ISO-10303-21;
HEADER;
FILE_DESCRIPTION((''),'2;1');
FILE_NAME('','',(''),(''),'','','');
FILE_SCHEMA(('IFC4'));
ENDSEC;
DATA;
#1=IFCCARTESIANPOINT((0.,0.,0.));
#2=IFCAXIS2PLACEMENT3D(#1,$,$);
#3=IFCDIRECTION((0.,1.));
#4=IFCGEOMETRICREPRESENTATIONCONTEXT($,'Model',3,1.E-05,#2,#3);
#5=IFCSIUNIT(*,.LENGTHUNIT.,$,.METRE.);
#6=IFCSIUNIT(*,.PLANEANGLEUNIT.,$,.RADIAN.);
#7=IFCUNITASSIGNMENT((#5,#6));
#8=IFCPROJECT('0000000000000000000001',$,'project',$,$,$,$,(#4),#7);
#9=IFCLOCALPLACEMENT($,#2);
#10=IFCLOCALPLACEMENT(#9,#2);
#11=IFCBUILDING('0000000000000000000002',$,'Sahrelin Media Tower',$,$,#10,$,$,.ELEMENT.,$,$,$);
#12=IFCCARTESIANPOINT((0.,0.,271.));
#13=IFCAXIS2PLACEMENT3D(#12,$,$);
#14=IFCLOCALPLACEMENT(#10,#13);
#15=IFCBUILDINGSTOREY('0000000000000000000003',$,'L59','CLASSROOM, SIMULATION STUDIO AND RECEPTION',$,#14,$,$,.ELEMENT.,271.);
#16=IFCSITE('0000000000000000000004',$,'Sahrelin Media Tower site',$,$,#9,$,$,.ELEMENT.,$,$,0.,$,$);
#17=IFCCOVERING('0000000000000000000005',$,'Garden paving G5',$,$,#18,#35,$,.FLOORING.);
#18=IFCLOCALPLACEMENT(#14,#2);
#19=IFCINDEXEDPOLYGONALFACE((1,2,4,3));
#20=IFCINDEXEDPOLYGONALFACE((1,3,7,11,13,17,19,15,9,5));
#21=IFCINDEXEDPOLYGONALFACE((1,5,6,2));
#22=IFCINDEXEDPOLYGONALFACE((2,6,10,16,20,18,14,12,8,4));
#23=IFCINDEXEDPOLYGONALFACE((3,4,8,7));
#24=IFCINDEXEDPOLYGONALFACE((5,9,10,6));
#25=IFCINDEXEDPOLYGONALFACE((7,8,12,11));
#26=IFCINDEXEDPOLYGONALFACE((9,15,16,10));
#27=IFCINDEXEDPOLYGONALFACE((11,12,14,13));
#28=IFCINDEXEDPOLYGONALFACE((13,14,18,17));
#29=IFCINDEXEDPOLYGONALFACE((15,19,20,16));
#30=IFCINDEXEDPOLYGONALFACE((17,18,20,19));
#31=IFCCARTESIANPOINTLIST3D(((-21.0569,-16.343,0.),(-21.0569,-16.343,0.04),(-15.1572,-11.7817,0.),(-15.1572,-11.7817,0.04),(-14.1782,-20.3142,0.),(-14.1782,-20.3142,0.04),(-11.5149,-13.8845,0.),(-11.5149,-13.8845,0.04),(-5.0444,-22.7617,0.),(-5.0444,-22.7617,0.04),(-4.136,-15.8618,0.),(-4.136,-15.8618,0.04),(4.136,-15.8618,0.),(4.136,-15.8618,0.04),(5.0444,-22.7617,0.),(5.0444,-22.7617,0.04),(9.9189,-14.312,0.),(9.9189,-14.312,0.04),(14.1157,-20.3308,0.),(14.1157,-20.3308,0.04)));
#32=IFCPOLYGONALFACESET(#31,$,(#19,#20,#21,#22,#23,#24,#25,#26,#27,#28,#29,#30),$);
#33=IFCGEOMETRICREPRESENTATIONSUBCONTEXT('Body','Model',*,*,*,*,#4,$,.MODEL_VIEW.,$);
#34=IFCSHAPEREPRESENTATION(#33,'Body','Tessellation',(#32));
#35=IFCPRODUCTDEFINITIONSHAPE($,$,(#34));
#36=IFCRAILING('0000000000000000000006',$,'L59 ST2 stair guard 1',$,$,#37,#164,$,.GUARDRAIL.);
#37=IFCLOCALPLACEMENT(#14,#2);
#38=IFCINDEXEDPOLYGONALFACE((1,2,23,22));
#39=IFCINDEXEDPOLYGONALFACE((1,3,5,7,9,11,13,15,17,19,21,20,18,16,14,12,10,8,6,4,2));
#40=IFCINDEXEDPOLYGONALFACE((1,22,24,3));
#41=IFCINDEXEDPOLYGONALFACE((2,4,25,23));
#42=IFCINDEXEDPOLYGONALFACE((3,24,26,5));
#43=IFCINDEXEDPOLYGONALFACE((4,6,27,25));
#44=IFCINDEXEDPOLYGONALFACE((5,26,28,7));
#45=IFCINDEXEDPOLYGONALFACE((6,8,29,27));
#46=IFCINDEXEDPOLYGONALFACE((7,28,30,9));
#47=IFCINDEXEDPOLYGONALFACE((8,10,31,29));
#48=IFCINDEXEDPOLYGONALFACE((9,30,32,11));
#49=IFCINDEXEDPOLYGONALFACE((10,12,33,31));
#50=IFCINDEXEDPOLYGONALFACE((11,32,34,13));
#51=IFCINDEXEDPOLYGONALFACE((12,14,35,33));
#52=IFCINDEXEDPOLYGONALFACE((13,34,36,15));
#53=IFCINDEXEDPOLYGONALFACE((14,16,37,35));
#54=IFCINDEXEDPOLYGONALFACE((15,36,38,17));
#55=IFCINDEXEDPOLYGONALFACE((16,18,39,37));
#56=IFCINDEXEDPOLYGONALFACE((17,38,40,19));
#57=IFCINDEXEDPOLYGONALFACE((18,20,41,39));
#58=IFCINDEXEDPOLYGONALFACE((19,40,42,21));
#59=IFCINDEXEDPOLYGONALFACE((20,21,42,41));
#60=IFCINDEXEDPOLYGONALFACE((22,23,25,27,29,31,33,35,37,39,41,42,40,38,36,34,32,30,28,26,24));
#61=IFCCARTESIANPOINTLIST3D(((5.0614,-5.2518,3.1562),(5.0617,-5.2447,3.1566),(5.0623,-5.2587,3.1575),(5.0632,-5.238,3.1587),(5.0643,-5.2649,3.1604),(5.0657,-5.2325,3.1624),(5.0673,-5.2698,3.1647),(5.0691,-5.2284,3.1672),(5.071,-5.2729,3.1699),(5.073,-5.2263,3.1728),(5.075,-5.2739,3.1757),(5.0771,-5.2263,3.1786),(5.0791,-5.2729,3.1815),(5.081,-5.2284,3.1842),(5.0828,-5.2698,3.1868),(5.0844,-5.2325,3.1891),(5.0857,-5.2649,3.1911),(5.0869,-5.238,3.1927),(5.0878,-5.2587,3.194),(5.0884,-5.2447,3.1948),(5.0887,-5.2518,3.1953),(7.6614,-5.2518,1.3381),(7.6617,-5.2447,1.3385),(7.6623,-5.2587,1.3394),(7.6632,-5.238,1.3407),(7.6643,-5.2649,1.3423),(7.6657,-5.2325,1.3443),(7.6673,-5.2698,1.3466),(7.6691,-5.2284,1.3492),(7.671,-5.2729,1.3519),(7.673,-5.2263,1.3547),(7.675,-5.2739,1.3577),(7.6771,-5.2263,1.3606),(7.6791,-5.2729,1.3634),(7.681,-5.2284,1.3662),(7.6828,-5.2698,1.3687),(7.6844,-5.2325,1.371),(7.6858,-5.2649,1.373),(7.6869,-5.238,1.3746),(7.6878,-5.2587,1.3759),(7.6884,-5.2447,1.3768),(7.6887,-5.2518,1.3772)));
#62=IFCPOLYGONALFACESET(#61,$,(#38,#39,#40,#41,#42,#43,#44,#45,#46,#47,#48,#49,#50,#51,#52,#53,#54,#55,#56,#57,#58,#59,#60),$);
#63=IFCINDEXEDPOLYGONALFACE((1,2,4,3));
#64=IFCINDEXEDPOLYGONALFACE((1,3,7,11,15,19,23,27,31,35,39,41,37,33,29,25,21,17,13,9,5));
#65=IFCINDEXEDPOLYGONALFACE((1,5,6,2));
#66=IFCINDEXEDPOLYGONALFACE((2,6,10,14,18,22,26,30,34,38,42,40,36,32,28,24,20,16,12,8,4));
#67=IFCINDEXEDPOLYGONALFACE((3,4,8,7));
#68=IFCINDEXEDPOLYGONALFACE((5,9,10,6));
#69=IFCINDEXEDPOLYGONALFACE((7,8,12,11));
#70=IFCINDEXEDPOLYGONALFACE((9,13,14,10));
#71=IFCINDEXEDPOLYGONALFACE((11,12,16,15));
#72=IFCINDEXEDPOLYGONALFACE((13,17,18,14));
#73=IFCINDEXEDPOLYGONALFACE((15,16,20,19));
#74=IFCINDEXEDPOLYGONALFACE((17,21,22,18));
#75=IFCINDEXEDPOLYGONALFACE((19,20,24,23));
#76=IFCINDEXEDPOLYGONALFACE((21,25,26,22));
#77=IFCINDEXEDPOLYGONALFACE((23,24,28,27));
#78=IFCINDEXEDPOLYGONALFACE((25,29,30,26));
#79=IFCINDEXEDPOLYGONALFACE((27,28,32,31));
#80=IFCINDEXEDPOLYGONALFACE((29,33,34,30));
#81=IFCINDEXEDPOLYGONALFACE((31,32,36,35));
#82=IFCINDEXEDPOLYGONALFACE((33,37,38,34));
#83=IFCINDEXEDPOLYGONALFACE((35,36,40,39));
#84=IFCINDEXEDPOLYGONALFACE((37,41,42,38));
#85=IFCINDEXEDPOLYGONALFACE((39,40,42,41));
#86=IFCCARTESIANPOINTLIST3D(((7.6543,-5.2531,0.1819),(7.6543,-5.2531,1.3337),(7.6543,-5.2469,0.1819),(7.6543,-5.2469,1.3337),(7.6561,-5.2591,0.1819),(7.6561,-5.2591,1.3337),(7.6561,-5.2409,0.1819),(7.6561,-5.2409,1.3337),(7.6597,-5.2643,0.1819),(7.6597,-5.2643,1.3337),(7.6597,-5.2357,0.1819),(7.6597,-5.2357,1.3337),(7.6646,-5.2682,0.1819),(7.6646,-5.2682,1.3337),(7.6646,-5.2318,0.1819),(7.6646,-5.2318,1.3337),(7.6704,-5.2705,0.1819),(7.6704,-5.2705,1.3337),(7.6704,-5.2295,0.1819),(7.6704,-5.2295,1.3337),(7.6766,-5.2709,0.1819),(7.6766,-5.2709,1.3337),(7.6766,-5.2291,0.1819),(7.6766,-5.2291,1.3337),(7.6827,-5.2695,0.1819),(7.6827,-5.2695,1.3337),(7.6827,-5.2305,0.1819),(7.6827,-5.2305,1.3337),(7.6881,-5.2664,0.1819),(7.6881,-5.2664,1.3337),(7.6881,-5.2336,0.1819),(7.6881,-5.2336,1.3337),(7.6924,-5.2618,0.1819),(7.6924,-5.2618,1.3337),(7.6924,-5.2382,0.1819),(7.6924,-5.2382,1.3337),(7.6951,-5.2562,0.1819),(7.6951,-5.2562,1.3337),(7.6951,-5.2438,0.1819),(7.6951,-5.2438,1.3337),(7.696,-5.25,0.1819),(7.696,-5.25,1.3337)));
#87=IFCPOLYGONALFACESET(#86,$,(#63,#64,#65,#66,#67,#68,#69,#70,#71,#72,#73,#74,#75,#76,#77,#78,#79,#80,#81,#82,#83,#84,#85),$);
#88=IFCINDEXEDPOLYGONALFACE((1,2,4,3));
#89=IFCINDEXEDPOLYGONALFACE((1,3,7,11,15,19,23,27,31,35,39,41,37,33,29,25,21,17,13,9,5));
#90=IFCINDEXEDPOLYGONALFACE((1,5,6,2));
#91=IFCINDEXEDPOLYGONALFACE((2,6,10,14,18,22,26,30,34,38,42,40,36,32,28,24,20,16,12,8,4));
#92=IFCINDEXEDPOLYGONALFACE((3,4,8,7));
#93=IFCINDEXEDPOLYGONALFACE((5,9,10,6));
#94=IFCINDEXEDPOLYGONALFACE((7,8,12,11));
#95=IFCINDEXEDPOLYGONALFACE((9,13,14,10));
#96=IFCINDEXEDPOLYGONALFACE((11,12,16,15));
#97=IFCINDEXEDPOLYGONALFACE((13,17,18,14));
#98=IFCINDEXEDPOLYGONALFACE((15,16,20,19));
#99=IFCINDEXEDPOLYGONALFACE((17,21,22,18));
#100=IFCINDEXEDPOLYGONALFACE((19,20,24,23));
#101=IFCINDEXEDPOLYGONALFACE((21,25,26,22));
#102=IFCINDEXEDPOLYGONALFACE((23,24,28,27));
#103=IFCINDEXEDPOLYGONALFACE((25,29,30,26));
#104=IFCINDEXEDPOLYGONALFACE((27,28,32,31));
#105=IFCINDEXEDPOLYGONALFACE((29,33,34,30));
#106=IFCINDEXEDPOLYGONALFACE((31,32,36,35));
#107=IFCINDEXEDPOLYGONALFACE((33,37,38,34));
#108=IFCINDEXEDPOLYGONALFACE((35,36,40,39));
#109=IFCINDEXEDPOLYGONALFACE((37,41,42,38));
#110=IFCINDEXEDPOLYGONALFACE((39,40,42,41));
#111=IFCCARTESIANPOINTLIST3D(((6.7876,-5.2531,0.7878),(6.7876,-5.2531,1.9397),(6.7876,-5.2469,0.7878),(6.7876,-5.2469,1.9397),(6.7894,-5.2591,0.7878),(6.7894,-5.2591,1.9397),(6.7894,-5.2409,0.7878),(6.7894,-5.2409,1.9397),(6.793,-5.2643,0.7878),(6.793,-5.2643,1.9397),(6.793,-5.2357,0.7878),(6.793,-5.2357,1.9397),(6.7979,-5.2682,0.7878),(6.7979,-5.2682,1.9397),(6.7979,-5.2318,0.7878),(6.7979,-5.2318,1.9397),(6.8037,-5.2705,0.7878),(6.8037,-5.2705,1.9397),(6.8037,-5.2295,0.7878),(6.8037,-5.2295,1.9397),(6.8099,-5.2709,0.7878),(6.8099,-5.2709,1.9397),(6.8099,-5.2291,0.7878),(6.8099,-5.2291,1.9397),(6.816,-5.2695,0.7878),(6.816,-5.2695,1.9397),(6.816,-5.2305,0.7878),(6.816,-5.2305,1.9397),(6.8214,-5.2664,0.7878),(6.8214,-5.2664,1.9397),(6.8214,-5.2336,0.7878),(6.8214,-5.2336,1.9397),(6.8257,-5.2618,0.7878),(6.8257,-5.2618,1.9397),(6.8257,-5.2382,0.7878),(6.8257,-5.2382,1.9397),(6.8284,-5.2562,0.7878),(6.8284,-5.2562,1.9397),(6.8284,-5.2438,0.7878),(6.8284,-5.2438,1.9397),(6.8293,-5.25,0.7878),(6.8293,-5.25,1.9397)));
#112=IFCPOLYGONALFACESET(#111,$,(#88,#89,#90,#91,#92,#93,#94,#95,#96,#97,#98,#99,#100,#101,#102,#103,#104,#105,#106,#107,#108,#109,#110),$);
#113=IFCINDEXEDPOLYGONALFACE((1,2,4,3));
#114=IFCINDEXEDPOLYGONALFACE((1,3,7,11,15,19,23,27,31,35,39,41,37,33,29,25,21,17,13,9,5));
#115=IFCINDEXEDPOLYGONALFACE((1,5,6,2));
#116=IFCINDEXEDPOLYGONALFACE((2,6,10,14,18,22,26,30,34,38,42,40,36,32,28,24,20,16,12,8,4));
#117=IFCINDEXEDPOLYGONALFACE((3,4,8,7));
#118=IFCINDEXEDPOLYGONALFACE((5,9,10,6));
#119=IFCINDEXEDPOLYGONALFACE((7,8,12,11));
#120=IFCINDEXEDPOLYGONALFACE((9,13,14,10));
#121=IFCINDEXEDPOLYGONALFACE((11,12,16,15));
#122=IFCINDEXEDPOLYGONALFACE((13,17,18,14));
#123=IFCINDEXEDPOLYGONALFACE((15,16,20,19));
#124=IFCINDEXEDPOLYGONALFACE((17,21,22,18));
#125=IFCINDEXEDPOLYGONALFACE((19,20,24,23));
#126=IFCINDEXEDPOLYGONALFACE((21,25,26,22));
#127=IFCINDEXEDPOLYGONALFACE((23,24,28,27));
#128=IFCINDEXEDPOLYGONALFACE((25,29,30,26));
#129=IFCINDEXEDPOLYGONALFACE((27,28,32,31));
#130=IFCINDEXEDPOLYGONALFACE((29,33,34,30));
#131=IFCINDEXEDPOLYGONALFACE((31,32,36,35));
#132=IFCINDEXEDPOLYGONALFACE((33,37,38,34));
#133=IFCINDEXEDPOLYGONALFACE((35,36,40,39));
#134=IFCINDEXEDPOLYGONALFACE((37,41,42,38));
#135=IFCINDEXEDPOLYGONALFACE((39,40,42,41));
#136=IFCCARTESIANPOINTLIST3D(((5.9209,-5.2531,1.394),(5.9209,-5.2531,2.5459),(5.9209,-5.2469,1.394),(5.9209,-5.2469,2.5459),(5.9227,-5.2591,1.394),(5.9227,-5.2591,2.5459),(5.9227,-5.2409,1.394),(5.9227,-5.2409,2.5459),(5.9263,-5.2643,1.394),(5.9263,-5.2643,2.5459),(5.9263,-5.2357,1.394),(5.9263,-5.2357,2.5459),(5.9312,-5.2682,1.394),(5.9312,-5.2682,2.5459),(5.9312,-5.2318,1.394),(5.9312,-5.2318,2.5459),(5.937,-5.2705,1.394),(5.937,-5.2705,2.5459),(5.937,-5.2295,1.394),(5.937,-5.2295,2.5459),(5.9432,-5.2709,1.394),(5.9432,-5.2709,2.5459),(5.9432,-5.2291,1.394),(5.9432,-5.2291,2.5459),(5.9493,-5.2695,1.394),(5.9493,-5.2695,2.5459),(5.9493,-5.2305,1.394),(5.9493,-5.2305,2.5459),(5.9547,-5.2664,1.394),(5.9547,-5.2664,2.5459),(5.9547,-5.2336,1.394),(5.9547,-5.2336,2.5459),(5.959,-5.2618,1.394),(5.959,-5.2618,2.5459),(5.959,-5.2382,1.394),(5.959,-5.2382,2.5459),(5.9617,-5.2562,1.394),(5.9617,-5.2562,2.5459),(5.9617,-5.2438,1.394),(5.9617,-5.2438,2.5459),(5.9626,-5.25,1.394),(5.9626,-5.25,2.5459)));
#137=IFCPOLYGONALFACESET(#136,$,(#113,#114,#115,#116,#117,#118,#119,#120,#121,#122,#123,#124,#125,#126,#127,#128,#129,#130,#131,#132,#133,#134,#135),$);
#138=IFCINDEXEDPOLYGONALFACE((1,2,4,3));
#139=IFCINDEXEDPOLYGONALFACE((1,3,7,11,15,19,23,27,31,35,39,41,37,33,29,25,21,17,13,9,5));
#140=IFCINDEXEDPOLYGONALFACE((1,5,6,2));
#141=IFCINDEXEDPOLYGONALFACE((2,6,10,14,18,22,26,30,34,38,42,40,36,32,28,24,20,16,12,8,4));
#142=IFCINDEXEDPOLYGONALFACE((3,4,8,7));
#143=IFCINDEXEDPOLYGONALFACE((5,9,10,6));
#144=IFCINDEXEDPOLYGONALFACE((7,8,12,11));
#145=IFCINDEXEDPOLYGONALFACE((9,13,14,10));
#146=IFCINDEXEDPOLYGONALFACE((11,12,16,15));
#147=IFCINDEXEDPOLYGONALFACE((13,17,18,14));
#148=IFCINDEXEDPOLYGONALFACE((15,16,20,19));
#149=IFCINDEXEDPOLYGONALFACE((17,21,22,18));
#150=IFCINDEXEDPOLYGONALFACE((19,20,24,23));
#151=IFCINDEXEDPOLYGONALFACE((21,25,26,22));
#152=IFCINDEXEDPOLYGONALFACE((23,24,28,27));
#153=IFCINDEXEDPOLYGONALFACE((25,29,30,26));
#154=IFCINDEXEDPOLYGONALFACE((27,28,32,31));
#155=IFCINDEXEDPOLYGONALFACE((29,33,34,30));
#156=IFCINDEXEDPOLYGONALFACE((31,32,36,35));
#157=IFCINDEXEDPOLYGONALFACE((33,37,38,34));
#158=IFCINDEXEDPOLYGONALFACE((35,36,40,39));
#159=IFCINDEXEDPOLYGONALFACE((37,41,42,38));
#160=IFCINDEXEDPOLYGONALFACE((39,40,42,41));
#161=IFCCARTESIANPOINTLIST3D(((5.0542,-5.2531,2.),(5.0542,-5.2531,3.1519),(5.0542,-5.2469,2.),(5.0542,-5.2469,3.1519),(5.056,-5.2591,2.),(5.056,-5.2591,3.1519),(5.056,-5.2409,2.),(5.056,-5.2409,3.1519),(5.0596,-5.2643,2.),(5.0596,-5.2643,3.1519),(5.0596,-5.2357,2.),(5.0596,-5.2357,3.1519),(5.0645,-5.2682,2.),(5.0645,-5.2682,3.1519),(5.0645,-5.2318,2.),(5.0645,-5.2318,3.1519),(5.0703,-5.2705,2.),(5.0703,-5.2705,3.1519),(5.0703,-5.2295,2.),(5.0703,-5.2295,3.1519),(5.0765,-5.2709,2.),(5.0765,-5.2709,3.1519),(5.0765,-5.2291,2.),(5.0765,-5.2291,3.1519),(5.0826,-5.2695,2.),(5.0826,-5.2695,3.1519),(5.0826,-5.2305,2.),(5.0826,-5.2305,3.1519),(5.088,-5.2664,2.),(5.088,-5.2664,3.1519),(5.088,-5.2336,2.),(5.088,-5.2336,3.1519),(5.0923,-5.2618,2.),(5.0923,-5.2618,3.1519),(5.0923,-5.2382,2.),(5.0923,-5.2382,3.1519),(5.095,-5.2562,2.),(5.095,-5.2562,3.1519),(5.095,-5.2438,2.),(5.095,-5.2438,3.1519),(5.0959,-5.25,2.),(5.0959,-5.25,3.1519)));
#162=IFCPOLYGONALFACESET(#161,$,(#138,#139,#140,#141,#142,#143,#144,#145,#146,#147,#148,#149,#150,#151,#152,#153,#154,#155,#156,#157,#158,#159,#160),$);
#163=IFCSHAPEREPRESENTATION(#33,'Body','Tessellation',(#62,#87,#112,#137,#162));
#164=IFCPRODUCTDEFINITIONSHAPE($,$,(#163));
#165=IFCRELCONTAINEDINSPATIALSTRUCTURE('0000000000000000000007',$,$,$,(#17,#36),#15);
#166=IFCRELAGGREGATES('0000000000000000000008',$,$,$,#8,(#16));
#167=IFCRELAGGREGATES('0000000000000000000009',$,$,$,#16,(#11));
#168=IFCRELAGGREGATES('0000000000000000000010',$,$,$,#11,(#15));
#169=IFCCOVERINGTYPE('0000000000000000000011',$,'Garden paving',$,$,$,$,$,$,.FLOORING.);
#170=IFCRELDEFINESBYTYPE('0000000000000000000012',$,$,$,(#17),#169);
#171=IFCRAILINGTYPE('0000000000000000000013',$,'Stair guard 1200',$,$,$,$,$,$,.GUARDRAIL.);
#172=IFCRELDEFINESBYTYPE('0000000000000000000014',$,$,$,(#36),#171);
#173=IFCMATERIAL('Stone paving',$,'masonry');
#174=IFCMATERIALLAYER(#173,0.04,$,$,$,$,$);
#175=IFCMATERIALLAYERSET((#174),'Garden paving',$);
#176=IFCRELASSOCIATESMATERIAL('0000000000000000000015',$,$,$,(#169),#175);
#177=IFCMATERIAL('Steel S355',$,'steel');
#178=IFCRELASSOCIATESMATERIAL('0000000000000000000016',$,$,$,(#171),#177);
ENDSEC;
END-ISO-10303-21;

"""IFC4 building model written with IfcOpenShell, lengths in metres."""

from ifc_helpers import new_model, si_unit, direction, frame, origin, origin_2d, place, context, subcontext, project, spatial, polyline, circle, outline, extrude, material, layer, layer_set, type_object, element, save


model = new_model("IFC4")

# Units and contexts
model_context = context("Model", 3, precision=1e-05, world=origin(), true_north=direction((0.0, 1.0)))
body_context = subcontext(model_context, "Body", "Model", "MODEL_VIEW")
ifc_project = project(units=[si_unit("LENGTHUNIT", "METRE"), si_unit("PLANEANGLEUNIT", "RADIAN")], contexts=[model_context])

# Site, building, storey
site_placement = place(None, origin())
site = spatial("IfcSite", under=ifc_project, at=site_placement, Name="Sahrelin Media Tower site", CompositionType="ELEMENT", RefElevation=0.0)
building_placement = place(site_placement, origin())
building = spatial("IfcBuilding", under=site, at=building_placement, Name="Sahrelin Media Tower", CompositionType="ELEMENT")
storey_placement = place(building_placement, frame((0.0, 0.0, 271.0)))
storey = spatial("IfcBuildingStorey", under=building, at=storey_placement, Name="L59", Description="CLASSROOM, SIMULATION STUDIO AND RECEPTION", CompositionType="ELEMENT", Elevation=271.0)

# Shared definitions
ifc_material_1 = material(Name="Steel S355", Category="steel")

# Shared definitions
placement_1 = place(storey_placement, origin())

# Covering
ifc_material_2 = material(Name="Stone paving", Category="masonry")
ifc_layer_1 = layer(ifc_material_2, 0.04)
ifc_layer_set_1 = layer_set([ifc_layer_1], Name="Garden paving")
covering_type = type_object("IfcCoveringType", Name="Garden paving", PredefinedType="FLOORING", material=ifc_layer_set_1)
element("IfcCovering", 1, at=placement_1, inside=storey, type_object=covering_type, Name="Garden paving G5", PredefinedType="FLOORING", context=body_context, shape_type="SweptSolid", body=[
    extrude(outline(polyline([(-5.0444, -22.7617), (-14.1782, -20.3142), (-21.0569, -16.343), (-15.1572, -11.7817), (-11.5149, -13.8845), (-4.136, -15.8618), (4.136, -15.8618), (9.9189, -14.312), (14.1157, -20.3308), (5.0444, -22.7617), (-5.0444, -22.7617)])), origin(), (0.0, 0.0, 1.0), 0.04),
])

# Railing
railing_type_1 = type_object("IfcRailingType", Name="Stair guard 1200", PredefinedType="GUARDRAIL", material=ifc_material_1)
railing_1_placement = place(storey_placement, frame((7.675, -5.25, 0.1819)))
element("IfcRailing", 2, at=railing_1_placement, inside=storey, type_object=railing_type_1, Name="L59 ST2 stair guard 1", PredefinedType="GUARDRAIL", context=body_context, shape_type="SweptSolid", body=[
    extrude(circle(Radius=0.0239, at=origin_2d()), frame((0.0, 0.0, 1.1758), z_axis=(-0.819521, 0.0, 0.573049), x_axis=(0.0, -1.0, 0.0)), (0.0, 0.0, 1.0), 3.1726),
    extrude(circle(Radius=0.021, at=origin_2d()), origin(), (0.0, 0.0, 1.0), 1.1519),
    extrude(circle(Radius=0.021, at=origin_2d()), frame((-0.8667, 0.0, 0.606)), (0.0, 0.0, 1.0), 1.1519),
    extrude(circle(Radius=0.021, at=origin_2d()), frame((-1.7334, 0.0, 1.2122)), (0.0, 0.0, 1.0), 1.1519),
    extrude(circle(Radius=0.021, at=origin_2d()), frame((-2.6001, 0.0, 1.8181)), (0.0, 0.0, 1.0), 1.1519),
])

save(model, "model.ifc")
